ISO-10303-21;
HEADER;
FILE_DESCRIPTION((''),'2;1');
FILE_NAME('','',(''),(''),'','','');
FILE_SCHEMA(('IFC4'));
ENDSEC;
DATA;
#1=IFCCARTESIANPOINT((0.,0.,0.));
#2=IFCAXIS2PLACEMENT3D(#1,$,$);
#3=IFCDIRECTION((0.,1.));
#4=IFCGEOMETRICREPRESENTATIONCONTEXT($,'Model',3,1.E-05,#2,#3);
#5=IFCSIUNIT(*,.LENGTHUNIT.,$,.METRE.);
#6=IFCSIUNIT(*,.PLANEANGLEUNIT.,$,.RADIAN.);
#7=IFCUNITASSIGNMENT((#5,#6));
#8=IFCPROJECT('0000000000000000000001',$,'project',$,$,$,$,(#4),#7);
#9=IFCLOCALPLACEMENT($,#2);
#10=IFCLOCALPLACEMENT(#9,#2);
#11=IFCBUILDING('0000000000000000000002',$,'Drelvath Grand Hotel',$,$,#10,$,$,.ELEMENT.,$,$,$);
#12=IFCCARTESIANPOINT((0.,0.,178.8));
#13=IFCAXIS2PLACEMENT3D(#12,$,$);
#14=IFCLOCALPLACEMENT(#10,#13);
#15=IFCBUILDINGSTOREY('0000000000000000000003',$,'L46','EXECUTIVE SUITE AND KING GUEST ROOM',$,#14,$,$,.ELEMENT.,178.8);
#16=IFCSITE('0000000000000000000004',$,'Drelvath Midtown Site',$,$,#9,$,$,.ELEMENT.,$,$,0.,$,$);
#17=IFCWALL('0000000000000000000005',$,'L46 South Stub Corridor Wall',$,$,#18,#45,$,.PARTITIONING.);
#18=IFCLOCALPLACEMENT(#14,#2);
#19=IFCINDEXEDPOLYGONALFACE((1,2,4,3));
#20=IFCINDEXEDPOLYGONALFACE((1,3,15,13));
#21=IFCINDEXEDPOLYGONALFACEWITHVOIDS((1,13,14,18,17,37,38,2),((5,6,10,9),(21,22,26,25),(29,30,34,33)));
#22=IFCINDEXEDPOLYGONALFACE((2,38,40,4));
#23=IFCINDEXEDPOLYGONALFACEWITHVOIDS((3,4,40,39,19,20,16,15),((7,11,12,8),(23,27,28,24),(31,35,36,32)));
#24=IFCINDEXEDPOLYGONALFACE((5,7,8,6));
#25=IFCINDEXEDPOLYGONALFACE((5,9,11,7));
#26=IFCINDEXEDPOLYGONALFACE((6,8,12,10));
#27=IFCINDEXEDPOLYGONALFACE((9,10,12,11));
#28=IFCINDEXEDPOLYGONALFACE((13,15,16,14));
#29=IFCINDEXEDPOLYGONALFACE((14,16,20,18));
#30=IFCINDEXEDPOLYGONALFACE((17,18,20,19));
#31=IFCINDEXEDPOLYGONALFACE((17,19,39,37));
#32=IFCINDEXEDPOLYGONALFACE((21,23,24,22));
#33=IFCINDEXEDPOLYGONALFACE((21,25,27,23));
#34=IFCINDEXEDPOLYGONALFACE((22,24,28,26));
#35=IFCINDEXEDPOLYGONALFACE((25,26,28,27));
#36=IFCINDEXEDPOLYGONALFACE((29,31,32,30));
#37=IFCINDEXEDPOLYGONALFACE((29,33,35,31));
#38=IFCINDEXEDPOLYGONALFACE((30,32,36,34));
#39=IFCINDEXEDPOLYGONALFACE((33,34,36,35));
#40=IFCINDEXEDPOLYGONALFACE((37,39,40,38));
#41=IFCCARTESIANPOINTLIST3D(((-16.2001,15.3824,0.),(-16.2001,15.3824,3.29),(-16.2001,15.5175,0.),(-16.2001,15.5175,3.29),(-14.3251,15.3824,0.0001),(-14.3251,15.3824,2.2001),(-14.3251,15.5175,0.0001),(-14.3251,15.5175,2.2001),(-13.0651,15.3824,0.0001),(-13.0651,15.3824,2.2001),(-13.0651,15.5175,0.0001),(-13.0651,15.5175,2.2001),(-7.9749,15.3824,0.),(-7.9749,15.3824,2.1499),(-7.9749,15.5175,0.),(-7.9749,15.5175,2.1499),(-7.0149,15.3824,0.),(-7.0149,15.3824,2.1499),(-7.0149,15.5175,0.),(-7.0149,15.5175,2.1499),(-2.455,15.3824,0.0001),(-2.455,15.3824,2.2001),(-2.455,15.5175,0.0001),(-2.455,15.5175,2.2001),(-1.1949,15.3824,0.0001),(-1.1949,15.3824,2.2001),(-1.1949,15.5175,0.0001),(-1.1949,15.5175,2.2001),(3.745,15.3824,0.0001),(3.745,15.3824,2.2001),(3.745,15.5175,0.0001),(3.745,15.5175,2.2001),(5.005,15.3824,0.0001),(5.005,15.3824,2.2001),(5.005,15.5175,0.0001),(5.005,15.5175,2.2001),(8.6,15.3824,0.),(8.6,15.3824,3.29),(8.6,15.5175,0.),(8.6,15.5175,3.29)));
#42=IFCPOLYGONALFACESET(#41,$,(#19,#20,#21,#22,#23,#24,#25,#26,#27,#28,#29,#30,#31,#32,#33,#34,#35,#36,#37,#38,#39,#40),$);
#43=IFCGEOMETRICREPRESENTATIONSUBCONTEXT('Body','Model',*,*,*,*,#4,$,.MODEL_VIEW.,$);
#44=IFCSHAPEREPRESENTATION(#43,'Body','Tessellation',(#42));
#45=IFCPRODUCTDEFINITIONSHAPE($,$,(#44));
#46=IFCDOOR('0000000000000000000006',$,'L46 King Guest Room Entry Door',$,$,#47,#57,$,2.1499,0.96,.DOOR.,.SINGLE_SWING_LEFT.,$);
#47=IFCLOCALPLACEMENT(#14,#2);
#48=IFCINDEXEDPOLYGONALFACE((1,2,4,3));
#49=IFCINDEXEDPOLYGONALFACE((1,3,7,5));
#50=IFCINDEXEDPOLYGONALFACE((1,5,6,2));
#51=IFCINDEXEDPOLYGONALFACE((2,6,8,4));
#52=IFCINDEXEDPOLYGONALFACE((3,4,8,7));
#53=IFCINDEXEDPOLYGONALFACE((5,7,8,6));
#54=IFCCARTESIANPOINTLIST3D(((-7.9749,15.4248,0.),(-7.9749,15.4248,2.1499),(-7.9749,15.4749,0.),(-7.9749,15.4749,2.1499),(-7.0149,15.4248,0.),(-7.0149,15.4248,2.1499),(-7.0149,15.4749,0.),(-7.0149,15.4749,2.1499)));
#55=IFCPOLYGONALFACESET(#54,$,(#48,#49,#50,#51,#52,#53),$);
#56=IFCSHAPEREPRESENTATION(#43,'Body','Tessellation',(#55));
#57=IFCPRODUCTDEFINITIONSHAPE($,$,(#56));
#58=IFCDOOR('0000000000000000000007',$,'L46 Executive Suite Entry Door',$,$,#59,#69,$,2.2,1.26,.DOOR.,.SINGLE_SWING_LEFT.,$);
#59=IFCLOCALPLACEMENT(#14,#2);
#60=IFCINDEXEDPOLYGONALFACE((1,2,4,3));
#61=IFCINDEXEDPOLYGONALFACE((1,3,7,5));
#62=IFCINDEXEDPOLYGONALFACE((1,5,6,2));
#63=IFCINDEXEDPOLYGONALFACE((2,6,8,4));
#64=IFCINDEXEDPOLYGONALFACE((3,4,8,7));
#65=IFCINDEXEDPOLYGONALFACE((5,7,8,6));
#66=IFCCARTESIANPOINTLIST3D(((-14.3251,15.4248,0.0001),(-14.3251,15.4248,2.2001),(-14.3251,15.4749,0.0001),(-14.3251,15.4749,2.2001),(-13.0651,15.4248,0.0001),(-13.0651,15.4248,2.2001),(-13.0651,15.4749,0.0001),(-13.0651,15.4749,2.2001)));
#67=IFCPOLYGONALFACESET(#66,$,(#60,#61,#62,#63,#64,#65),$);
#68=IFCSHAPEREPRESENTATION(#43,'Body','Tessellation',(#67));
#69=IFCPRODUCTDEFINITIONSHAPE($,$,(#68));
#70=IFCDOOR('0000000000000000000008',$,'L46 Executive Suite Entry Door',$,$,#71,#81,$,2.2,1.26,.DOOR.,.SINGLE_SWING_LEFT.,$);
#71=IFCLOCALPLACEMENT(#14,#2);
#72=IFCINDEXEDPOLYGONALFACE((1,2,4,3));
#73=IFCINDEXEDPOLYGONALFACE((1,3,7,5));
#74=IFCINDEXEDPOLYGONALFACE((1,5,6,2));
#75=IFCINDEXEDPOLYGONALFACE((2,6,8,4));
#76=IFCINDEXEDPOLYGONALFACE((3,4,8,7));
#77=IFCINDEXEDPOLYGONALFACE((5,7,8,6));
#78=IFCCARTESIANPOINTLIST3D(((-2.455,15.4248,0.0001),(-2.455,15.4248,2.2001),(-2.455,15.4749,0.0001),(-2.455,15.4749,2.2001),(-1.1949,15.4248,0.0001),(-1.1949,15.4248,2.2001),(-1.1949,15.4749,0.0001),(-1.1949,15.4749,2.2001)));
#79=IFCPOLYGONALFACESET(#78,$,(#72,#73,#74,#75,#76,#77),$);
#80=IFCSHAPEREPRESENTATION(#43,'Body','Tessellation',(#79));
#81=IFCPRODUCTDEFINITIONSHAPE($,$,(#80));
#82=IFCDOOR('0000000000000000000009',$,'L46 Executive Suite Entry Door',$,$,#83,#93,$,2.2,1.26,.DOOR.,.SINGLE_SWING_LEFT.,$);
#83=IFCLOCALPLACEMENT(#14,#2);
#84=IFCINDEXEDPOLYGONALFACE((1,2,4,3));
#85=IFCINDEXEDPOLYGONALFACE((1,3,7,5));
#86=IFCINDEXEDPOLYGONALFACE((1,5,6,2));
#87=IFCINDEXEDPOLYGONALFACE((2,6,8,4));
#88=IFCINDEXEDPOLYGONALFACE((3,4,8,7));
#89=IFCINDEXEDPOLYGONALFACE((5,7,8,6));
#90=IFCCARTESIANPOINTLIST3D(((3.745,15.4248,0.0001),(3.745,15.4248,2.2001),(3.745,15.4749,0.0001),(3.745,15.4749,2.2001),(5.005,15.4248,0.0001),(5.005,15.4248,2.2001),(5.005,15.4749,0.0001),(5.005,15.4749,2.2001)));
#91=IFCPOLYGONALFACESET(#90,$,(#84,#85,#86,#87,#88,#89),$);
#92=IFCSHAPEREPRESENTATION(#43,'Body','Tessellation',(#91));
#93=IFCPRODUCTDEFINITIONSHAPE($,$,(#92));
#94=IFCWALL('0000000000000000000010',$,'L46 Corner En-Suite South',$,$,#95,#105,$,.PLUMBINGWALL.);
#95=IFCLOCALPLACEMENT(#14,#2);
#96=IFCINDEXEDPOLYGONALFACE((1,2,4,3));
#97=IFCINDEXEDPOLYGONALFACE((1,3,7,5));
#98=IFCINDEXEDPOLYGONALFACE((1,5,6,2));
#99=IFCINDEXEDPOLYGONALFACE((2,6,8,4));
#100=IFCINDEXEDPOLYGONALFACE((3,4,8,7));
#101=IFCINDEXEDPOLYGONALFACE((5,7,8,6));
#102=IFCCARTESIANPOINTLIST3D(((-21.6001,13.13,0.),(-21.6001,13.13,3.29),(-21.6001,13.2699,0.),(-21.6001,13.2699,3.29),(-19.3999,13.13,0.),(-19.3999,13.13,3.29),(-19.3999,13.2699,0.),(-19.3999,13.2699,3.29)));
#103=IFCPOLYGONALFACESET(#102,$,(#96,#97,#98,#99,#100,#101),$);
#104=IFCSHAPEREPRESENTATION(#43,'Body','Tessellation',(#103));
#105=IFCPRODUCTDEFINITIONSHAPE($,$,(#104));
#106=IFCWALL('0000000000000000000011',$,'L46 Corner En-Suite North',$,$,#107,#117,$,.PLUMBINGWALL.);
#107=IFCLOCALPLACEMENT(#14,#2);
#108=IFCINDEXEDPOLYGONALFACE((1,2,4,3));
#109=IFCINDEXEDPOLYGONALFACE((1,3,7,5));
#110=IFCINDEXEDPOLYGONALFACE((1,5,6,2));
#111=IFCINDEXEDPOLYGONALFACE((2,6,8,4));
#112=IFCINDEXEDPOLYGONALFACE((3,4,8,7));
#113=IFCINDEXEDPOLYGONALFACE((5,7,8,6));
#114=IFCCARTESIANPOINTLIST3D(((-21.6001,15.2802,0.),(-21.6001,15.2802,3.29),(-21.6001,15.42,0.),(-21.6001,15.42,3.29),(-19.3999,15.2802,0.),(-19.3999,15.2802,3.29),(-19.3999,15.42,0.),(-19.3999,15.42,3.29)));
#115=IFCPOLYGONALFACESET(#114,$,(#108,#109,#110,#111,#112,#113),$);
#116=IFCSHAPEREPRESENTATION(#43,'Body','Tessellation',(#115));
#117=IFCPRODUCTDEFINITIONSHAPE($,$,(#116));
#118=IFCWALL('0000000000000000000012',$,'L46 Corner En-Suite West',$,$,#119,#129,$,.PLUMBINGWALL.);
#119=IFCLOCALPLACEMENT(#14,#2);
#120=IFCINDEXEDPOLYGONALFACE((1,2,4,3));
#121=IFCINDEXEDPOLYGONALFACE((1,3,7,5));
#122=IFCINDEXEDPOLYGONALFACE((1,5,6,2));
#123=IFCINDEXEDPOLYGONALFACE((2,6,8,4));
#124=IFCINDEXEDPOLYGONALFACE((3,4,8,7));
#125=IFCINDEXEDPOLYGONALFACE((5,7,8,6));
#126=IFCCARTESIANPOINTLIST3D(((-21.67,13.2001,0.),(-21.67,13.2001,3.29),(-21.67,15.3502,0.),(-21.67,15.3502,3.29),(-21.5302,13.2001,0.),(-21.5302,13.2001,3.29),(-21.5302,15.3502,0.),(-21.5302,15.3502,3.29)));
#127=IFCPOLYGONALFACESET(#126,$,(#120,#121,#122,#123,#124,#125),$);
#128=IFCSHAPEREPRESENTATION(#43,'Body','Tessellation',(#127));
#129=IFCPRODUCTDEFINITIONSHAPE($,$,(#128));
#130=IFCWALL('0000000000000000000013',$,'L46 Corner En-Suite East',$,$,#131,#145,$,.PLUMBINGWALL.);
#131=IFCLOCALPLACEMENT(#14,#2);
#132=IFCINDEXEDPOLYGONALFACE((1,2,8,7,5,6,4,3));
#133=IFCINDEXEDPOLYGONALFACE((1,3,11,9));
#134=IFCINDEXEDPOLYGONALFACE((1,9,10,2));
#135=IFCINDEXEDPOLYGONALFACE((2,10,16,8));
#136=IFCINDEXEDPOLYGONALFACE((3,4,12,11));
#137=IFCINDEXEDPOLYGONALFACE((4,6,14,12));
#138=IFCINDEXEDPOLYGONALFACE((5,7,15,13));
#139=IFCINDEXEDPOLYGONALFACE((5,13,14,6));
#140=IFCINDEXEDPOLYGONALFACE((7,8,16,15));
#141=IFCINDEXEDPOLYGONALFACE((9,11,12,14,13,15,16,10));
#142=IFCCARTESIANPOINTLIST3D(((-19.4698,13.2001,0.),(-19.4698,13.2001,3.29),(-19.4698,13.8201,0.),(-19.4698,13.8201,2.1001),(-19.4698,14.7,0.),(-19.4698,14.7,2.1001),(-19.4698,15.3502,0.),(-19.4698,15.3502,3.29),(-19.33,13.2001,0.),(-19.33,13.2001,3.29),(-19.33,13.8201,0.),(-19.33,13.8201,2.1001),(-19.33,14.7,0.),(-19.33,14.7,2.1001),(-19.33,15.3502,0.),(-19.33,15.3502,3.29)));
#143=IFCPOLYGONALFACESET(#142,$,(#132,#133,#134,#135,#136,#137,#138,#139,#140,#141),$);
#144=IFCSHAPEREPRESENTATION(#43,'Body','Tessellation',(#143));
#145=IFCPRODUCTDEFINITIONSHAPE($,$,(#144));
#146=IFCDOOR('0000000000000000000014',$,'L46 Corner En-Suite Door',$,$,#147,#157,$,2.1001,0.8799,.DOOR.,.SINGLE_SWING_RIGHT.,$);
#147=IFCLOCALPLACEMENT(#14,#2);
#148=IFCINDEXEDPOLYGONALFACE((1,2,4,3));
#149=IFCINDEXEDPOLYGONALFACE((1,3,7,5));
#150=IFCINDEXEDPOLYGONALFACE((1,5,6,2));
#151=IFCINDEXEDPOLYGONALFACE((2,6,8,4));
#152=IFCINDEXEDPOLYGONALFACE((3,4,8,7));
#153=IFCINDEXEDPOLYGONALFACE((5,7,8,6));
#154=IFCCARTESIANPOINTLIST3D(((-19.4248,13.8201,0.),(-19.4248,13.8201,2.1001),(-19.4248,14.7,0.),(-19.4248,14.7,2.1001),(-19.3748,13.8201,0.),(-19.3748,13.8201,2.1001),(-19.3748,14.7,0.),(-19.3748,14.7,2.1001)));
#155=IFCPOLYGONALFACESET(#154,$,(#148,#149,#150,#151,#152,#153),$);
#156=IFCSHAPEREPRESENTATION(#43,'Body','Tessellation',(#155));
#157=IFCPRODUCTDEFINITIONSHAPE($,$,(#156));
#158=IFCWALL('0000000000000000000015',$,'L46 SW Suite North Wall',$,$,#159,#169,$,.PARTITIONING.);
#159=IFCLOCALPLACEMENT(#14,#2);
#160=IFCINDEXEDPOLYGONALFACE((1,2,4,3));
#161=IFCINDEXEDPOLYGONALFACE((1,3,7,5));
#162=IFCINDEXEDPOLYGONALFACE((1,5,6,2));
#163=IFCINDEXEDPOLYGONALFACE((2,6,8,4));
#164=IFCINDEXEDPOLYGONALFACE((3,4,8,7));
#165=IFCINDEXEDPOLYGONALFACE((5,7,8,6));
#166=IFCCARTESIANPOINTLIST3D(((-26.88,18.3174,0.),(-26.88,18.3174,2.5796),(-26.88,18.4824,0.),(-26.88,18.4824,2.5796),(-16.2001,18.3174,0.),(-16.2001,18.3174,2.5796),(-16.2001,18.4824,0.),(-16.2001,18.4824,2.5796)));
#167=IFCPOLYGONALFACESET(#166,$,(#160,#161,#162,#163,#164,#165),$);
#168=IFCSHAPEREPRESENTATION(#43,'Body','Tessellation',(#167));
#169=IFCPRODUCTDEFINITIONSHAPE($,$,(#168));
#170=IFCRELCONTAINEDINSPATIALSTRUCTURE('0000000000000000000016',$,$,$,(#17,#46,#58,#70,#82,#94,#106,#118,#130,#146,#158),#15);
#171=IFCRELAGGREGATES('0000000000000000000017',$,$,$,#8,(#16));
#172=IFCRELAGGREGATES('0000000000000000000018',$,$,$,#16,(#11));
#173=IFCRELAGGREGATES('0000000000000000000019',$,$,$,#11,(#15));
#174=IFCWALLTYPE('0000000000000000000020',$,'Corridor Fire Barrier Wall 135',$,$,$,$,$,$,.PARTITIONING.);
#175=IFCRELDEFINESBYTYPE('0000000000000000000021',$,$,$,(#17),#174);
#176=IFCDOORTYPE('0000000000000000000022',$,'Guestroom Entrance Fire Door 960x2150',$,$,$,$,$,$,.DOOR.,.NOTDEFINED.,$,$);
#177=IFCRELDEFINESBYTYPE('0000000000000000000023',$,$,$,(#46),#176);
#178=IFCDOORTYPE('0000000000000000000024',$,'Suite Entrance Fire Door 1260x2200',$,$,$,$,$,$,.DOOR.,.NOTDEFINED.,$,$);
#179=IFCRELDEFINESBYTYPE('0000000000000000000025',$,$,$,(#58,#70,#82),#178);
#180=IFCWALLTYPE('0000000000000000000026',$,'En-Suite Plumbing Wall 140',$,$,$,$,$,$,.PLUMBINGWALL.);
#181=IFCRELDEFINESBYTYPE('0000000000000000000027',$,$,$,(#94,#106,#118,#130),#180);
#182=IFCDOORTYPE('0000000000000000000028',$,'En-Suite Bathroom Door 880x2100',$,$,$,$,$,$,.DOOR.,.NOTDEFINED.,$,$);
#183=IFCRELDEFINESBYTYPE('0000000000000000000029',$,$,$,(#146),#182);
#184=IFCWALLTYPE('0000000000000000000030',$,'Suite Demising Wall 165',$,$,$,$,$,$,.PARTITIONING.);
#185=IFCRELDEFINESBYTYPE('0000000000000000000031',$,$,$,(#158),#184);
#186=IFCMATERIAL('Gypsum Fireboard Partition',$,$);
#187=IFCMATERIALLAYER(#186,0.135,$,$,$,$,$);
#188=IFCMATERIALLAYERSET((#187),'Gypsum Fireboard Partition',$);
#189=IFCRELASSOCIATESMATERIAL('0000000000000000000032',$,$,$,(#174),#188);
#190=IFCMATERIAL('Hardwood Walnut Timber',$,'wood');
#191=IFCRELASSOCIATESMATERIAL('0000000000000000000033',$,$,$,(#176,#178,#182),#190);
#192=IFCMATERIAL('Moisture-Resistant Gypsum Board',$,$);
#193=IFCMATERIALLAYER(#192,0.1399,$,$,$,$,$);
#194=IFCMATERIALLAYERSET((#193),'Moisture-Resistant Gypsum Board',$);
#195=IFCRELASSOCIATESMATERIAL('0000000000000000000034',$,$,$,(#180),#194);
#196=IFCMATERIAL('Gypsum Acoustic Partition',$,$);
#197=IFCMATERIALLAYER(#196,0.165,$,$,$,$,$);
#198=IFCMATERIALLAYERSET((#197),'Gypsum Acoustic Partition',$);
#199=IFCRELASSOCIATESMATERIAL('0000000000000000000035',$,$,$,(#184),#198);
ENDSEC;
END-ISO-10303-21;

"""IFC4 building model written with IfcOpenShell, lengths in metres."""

from ifc_helpers import new_model, si_unit, direction, frame, frame_2d, origin, place, context, subcontext, project, spatial, rectangle, extrude, material, layer, layer_set, type_object, element, fill, save


model = new_model("IFC4")

# Units and contexts
model_context = context("Model", 3, precision=1e-05, world=origin(), true_north=direction((0.0, 1.0)))
body_context = subcontext(model_context, "Body", "Model", "MODEL_VIEW")
ifc_project = project(units=[si_unit("LENGTHUNIT", "METRE"), si_unit("PLANEANGLEUNIT", "RADIAN")], contexts=[model_context])

# Site, building, storey
site_placement = place(None, origin())
site = spatial("IfcSite", under=ifc_project, at=site_placement, Name="Drelvath Midtown Site", CompositionType="ELEMENT", RefElevation=0.0)
building_placement = place(site_placement, origin())
building = spatial("IfcBuilding", under=site, at=building_placement, Name="Drelvath Grand Hotel", CompositionType="ELEMENT")
storey_placement = place(building_placement, frame((0.0, 0.0, 178.8)))
storey = spatial("IfcBuildingStorey", under=building, at=storey_placement, Name="L46", Description="EXECUTIVE SUITE AND KING GUEST ROOM", CompositionType="ELEMENT", Elevation=178.8)

# Wall, openings, doors
ifc_material_1 = material(Name="Gypsum Fireboard Partition")
ifc_layer_1 = layer(ifc_material_1, 0.135)
ifc_layer_set_1 = layer_set([ifc_layer_1], Name="Gypsum Fireboard Partition")
wall_type_1 = type_object("IfcWallType", Name="Corridor Fire Barrier Wall 135", PredefinedType="PARTITIONING", material=ifc_layer_set_1)
wall_1_placement = place(storey_placement, frame((-16.2, 15.45, 0.0), z_axis=(0.0, 0.0, 1.0), x_axis=(1.0, 0.0, 0.0)))
wall_1 = element("IfcWall", 1, at=wall_1_placement, inside=storey, type_object=wall_type_1, Name="L46 South Stub Corridor Wall", PredefinedType="PARTITIONING", context=body_context, shape_type="SweptSolid", body=[
    extrude(rectangle(XDim=24.8, YDim=0.135, at=frame_2d((12.3999, 0.0))), origin(), (0.0, 0.0, 1.0), 3.29),
])
opening_1_placement = place(wall_1_placement, frame((1.875, 0.0, 0.0)))
opening_1 = element("IfcOpeningElement", 2, at=opening_1_placement, cuts=wall_1, PredefinedType="OPENING", context=body_context, shape_type="SweptSolid", body=[
    extrude(rectangle(XDim=1.26, YDim=2.2, at=frame_2d((0.6299, 1.1001))), frame((0.0, 0.0774, 0.0), z_axis=(0.0, -1.0, 0.0), x_axis=(1.0, 0.0, 0.0)), (0.0, 0.0, 1.0), 0.155),
])
opening_2_placement = place(wall_1_placement, frame((8.2251, 0.0, 0.0)))
opening_2 = element("IfcOpeningElement", 3, at=opening_2_placement, cuts=wall_1, PredefinedType="OPENING", context=body_context, shape_type="SweptSolid", body=[
    extrude(rectangle(XDim=0.96, YDim=2.1499, at=frame_2d((0.48, 1.075))), frame((0.0, 0.0774, 0.0), z_axis=(0.0, -1.0, 0.0), x_axis=(1.0, 0.0, 0.0)), (0.0, 0.0, 1.0), 0.155),
])
opening_3_placement = place(wall_1_placement, frame((13.7451, 0.0, 0.0)))
opening_3 = element("IfcOpeningElement", 4, at=opening_3_placement, cuts=wall_1, PredefinedType="OPENING", context=body_context, shape_type="SweptSolid", body=[
    extrude(rectangle(XDim=1.26, YDim=2.2, at=frame_2d((0.6299, 1.1001))), frame((0.0, 0.0774, 0.0), z_axis=(0.0, -1.0, 0.0), x_axis=(1.0, 0.0, 0.0)), (0.0, 0.0, 1.0), 0.155),
])
opening_4_placement = place(wall_1_placement, frame((19.9451, 0.0, 0.0)))
opening_4 = element("IfcOpeningElement", 5, at=opening_4_placement, cuts=wall_1, PredefinedType="OPENING", context=body_context, shape_type="SweptSolid", body=[
    extrude(rectangle(XDim=1.26, YDim=2.2, at=frame_2d((0.6299, 1.1001))), frame((0.0, 0.0774, 0.0), z_axis=(0.0, -1.0, 0.0), x_axis=(1.0, 0.0, 0.0)), (0.0, 0.0, 1.0), 0.155),
])
ifc_material_2 = material(Name="Hardwood Walnut Timber", Category="wood")
door_type_1 = type_object("IfcDoorType", Name="Guestroom Entrance Fire Door 960x2150", OperationType="NOTDEFINED", PredefinedType="DOOR", material=ifc_material_2)
door_1_placement = place(opening_2_placement, origin())
door_1 = element("IfcDoor", 6, at=door_1_placement, inside=storey, type_object=door_type_1, Name="L46 King Guest Room Entry Door", OperationType="SINGLE_SWING_LEFT", OverallHeight=2.1499, OverallWidth=0.96, PredefinedType="DOOR", context=body_context, shape_type="SweptSolid", body=[
    extrude(rectangle(XDim=0.96, YDim=2.1499, at=frame_2d((0.48, 1.075))), frame((0.0, 0.0249, 0.0), z_axis=(0.0, -1.0, 0.0), x_axis=(1.0, 0.0, 0.0)), (0.0, 0.0, 1.0), 0.05),
])
fill(opening_2, door_1)
door_type_2 = type_object("IfcDoorType", Name="Suite Entrance Fire Door 1260x2200", OperationType="NOTDEFINED", PredefinedType="DOOR", material=ifc_material_2)
door_2_placement = place(opening_1_placement, origin())
door_2 = element("IfcDoor", 7, at=door_2_placement, inside=storey, type_object=door_type_2, Name="L46 Executive Suite Entry Door", OperationType="SINGLE_SWING_LEFT", OverallHeight=2.2, OverallWidth=1.26, PredefinedType="DOOR", context=body_context, shape_type="SweptSolid", body=[
    extrude(rectangle(XDim=1.26, YDim=2.2, at=frame_2d((0.6299, 1.1001))), frame((0.0, 0.0249, 0.0), z_axis=(0.0, -1.0, 0.0), x_axis=(1.0, 0.0, 0.0)), (0.0, 0.0, 1.0), 0.05),
])
fill(opening_1, door_2)
door_3_placement = place(opening_3_placement, origin())
door_3 = element("IfcDoor", 8, at=door_3_placement, inside=storey, type_object=door_type_2, Name="L46 Executive Suite Entry Door", OperationType="SINGLE_SWING_LEFT", OverallHeight=2.2, OverallWidth=1.26, PredefinedType="DOOR", context=body_context, shape_type="SweptSolid", body=[
    extrude(rectangle(XDim=1.26, YDim=2.2, at=frame_2d((0.6299, 1.1001))), frame((0.0, 0.0249, 0.0), z_axis=(0.0, -1.0, 0.0), x_axis=(1.0, 0.0, 0.0)), (0.0, 0.0, 1.0), 0.05),
])
fill(opening_3, door_3)
door_4_placement = place(opening_4_placement, origin())
door_4 = element("IfcDoor", 9, at=door_4_placement, inside=storey, type_object=door_type_2, Name="L46 Executive Suite Entry Door", OperationType="SINGLE_SWING_LEFT", OverallHeight=2.2, OverallWidth=1.26, PredefinedType="DOOR", context=body_context, shape_type="SweptSolid", body=[
    extrude(rectangle(XDim=1.26, YDim=2.2, at=frame_2d((0.6299, 1.1001))), frame((0.0, 0.0249, 0.0), z_axis=(0.0, -1.0, 0.0), x_axis=(1.0, 0.0, 0.0)), (0.0, 0.0, 1.0), 0.05),
])
fill(opening_4, door_4)

# Walls
ifc_material_3 = material(Name="Moisture-Resistant Gypsum Board")
ifc_layer_2 = layer(ifc_material_3, 0.1399)
ifc_layer_set_2 = layer_set([ifc_layer_2], Name="Moisture-Resistant Gypsum Board")
wall_type_2 = type_object("IfcWallType", Name="En-Suite Plumbing Wall 140", PredefinedType="PLUMBINGWALL", material=ifc_layer_set_2)
for number, where, z_axis, x_axis, name in (
    (10, (-21.6001, 13.2, 0.0), (0.0, 0.0, 1.0), (1.0, 0.0, 0.0), "L46 Corner En-Suite South"),
    (11, (-21.6001, 15.3501, 0.0), (0.0, 0.0, 1.0), (1.0, 0.0, 0.0), "L46 Corner En-Suite North"),
):
    element("IfcWall", number, at=place(storey_placement, frame(where, z_axis=z_axis, x_axis=x_axis)), inside=storey, type_object=wall_type_2, Name=name, PredefinedType="PLUMBINGWALL", context=body_context, shape_type="SweptSolid", body=[
        extrude(rectangle(XDim=2.2002, YDim=0.1399, at=frame_2d((1.1001, 0.0))), origin(), (0.0, 0.0, 1.0), 3.29),
    ])
wall_2_placement = place(storey_placement, frame((-21.6001, 13.2, 0.0), z_axis=(0.0, 0.0, 1.0), x_axis=(0.0, 1.0, 0.0)))
element("IfcWall", 12, at=wall_2_placement, inside=storey, type_object=wall_type_2, Name="L46 Corner En-Suite West", PredefinedType="PLUMBINGWALL", context=body_context, shape_type="SweptSolid", body=[
    extrude(rectangle(XDim=2.1501, YDim=0.1399, at=frame_2d((1.0752, 0.0))), origin(), (0.0, 0.0, 1.0), 3.29),
])

# Wall, opening, door
wall_3_placement = place(storey_placement, frame((-19.3999, 13.2, 0.0), z_axis=(0.0, 0.0, 1.0), x_axis=(0.0, 1.0, 0.0)))
wall_3 = element("IfcWall", 13, at=wall_3_placement, inside=storey, type_object=wall_type_2, Name="L46 Corner En-Suite East", PredefinedType="PLUMBINGWALL", context=body_context, shape_type="SweptSolid", body=[
    extrude(rectangle(XDim=2.1501, YDim=0.1399, at=frame_2d((1.0752, 0.0))), origin(), (0.0, 0.0, 1.0), 3.29),
])
opening_5_placement = place(wall_3_placement, frame((0.6201, 0.0, 0.0)))
opening_5 = element("IfcOpeningElement", 14, at=opening_5_placement, cuts=wall_3, PredefinedType="OPENING", context=body_context, shape_type="SweptSolid", body=[
    extrude(rectangle(XDim=0.8799, YDim=2.1001, at=frame_2d((0.4399, 1.05))), frame((0.0, 0.0798, 0.0), z_axis=(0.0, -1.0, 0.0), x_axis=(1.0, 0.0, 0.0)), (0.0, 0.0, 1.0), 0.1599),
])
door_type_3 = type_object("IfcDoorType", Name="En-Suite Bathroom Door 880x2100", OperationType="NOTDEFINED", PredefinedType="DOOR", material=ifc_material_2)
door_5_placement = place(opening_5_placement, origin())
door_5 = element("IfcDoor", 15, at=door_5_placement, inside=storey, type_object=door_type_3, Name="L46 Corner En-Suite Door", OperationType="SINGLE_SWING_RIGHT", OverallHeight=2.1001, OverallWidth=0.8799, PredefinedType="DOOR", context=body_context, shape_type="SweptSolid", body=[
    extrude(rectangle(XDim=0.8799, YDim=2.1001, at=frame_2d((0.4399, 1.05))), frame((0.0, 0.0249, 0.0), z_axis=(0.0, -1.0, 0.0), x_axis=(1.0, 0.0, 0.0)), (0.0, 0.0, 1.0), 0.05),
])
fill(opening_5, door_5)

# Wall
ifc_material_4 = material(Name="Gypsum Acoustic Partition")
ifc_layer_3 = layer(ifc_material_4, 0.165)
ifc_layer_set_3 = layer_set([ifc_layer_3], Name="Gypsum Acoustic Partition")
wall_type_3 = type_object("IfcWallType", Name="Suite Demising Wall 165", PredefinedType="PARTITIONING", material=ifc_layer_set_3)
wall_4_placement = place(storey_placement, frame((-26.8799, 18.3999, 0.0), z_axis=(0.0, 0.0, 1.0), x_axis=(1.0, 0.0, 0.0)))
element("IfcWall", 16, at=wall_4_placement, inside=storey, type_object=wall_type_3, Name="L46 SW Suite North Wall", PredefinedType="PARTITIONING", context=body_context, shape_type="SweptSolid", body=[
    extrude(rectangle(XDim=10.6799, YDim=0.165, at=frame_2d((5.3398, 0.0))), origin(), (0.0, 0.0, 1.0), 2.5796),
])

save(model, "model.ifc")
